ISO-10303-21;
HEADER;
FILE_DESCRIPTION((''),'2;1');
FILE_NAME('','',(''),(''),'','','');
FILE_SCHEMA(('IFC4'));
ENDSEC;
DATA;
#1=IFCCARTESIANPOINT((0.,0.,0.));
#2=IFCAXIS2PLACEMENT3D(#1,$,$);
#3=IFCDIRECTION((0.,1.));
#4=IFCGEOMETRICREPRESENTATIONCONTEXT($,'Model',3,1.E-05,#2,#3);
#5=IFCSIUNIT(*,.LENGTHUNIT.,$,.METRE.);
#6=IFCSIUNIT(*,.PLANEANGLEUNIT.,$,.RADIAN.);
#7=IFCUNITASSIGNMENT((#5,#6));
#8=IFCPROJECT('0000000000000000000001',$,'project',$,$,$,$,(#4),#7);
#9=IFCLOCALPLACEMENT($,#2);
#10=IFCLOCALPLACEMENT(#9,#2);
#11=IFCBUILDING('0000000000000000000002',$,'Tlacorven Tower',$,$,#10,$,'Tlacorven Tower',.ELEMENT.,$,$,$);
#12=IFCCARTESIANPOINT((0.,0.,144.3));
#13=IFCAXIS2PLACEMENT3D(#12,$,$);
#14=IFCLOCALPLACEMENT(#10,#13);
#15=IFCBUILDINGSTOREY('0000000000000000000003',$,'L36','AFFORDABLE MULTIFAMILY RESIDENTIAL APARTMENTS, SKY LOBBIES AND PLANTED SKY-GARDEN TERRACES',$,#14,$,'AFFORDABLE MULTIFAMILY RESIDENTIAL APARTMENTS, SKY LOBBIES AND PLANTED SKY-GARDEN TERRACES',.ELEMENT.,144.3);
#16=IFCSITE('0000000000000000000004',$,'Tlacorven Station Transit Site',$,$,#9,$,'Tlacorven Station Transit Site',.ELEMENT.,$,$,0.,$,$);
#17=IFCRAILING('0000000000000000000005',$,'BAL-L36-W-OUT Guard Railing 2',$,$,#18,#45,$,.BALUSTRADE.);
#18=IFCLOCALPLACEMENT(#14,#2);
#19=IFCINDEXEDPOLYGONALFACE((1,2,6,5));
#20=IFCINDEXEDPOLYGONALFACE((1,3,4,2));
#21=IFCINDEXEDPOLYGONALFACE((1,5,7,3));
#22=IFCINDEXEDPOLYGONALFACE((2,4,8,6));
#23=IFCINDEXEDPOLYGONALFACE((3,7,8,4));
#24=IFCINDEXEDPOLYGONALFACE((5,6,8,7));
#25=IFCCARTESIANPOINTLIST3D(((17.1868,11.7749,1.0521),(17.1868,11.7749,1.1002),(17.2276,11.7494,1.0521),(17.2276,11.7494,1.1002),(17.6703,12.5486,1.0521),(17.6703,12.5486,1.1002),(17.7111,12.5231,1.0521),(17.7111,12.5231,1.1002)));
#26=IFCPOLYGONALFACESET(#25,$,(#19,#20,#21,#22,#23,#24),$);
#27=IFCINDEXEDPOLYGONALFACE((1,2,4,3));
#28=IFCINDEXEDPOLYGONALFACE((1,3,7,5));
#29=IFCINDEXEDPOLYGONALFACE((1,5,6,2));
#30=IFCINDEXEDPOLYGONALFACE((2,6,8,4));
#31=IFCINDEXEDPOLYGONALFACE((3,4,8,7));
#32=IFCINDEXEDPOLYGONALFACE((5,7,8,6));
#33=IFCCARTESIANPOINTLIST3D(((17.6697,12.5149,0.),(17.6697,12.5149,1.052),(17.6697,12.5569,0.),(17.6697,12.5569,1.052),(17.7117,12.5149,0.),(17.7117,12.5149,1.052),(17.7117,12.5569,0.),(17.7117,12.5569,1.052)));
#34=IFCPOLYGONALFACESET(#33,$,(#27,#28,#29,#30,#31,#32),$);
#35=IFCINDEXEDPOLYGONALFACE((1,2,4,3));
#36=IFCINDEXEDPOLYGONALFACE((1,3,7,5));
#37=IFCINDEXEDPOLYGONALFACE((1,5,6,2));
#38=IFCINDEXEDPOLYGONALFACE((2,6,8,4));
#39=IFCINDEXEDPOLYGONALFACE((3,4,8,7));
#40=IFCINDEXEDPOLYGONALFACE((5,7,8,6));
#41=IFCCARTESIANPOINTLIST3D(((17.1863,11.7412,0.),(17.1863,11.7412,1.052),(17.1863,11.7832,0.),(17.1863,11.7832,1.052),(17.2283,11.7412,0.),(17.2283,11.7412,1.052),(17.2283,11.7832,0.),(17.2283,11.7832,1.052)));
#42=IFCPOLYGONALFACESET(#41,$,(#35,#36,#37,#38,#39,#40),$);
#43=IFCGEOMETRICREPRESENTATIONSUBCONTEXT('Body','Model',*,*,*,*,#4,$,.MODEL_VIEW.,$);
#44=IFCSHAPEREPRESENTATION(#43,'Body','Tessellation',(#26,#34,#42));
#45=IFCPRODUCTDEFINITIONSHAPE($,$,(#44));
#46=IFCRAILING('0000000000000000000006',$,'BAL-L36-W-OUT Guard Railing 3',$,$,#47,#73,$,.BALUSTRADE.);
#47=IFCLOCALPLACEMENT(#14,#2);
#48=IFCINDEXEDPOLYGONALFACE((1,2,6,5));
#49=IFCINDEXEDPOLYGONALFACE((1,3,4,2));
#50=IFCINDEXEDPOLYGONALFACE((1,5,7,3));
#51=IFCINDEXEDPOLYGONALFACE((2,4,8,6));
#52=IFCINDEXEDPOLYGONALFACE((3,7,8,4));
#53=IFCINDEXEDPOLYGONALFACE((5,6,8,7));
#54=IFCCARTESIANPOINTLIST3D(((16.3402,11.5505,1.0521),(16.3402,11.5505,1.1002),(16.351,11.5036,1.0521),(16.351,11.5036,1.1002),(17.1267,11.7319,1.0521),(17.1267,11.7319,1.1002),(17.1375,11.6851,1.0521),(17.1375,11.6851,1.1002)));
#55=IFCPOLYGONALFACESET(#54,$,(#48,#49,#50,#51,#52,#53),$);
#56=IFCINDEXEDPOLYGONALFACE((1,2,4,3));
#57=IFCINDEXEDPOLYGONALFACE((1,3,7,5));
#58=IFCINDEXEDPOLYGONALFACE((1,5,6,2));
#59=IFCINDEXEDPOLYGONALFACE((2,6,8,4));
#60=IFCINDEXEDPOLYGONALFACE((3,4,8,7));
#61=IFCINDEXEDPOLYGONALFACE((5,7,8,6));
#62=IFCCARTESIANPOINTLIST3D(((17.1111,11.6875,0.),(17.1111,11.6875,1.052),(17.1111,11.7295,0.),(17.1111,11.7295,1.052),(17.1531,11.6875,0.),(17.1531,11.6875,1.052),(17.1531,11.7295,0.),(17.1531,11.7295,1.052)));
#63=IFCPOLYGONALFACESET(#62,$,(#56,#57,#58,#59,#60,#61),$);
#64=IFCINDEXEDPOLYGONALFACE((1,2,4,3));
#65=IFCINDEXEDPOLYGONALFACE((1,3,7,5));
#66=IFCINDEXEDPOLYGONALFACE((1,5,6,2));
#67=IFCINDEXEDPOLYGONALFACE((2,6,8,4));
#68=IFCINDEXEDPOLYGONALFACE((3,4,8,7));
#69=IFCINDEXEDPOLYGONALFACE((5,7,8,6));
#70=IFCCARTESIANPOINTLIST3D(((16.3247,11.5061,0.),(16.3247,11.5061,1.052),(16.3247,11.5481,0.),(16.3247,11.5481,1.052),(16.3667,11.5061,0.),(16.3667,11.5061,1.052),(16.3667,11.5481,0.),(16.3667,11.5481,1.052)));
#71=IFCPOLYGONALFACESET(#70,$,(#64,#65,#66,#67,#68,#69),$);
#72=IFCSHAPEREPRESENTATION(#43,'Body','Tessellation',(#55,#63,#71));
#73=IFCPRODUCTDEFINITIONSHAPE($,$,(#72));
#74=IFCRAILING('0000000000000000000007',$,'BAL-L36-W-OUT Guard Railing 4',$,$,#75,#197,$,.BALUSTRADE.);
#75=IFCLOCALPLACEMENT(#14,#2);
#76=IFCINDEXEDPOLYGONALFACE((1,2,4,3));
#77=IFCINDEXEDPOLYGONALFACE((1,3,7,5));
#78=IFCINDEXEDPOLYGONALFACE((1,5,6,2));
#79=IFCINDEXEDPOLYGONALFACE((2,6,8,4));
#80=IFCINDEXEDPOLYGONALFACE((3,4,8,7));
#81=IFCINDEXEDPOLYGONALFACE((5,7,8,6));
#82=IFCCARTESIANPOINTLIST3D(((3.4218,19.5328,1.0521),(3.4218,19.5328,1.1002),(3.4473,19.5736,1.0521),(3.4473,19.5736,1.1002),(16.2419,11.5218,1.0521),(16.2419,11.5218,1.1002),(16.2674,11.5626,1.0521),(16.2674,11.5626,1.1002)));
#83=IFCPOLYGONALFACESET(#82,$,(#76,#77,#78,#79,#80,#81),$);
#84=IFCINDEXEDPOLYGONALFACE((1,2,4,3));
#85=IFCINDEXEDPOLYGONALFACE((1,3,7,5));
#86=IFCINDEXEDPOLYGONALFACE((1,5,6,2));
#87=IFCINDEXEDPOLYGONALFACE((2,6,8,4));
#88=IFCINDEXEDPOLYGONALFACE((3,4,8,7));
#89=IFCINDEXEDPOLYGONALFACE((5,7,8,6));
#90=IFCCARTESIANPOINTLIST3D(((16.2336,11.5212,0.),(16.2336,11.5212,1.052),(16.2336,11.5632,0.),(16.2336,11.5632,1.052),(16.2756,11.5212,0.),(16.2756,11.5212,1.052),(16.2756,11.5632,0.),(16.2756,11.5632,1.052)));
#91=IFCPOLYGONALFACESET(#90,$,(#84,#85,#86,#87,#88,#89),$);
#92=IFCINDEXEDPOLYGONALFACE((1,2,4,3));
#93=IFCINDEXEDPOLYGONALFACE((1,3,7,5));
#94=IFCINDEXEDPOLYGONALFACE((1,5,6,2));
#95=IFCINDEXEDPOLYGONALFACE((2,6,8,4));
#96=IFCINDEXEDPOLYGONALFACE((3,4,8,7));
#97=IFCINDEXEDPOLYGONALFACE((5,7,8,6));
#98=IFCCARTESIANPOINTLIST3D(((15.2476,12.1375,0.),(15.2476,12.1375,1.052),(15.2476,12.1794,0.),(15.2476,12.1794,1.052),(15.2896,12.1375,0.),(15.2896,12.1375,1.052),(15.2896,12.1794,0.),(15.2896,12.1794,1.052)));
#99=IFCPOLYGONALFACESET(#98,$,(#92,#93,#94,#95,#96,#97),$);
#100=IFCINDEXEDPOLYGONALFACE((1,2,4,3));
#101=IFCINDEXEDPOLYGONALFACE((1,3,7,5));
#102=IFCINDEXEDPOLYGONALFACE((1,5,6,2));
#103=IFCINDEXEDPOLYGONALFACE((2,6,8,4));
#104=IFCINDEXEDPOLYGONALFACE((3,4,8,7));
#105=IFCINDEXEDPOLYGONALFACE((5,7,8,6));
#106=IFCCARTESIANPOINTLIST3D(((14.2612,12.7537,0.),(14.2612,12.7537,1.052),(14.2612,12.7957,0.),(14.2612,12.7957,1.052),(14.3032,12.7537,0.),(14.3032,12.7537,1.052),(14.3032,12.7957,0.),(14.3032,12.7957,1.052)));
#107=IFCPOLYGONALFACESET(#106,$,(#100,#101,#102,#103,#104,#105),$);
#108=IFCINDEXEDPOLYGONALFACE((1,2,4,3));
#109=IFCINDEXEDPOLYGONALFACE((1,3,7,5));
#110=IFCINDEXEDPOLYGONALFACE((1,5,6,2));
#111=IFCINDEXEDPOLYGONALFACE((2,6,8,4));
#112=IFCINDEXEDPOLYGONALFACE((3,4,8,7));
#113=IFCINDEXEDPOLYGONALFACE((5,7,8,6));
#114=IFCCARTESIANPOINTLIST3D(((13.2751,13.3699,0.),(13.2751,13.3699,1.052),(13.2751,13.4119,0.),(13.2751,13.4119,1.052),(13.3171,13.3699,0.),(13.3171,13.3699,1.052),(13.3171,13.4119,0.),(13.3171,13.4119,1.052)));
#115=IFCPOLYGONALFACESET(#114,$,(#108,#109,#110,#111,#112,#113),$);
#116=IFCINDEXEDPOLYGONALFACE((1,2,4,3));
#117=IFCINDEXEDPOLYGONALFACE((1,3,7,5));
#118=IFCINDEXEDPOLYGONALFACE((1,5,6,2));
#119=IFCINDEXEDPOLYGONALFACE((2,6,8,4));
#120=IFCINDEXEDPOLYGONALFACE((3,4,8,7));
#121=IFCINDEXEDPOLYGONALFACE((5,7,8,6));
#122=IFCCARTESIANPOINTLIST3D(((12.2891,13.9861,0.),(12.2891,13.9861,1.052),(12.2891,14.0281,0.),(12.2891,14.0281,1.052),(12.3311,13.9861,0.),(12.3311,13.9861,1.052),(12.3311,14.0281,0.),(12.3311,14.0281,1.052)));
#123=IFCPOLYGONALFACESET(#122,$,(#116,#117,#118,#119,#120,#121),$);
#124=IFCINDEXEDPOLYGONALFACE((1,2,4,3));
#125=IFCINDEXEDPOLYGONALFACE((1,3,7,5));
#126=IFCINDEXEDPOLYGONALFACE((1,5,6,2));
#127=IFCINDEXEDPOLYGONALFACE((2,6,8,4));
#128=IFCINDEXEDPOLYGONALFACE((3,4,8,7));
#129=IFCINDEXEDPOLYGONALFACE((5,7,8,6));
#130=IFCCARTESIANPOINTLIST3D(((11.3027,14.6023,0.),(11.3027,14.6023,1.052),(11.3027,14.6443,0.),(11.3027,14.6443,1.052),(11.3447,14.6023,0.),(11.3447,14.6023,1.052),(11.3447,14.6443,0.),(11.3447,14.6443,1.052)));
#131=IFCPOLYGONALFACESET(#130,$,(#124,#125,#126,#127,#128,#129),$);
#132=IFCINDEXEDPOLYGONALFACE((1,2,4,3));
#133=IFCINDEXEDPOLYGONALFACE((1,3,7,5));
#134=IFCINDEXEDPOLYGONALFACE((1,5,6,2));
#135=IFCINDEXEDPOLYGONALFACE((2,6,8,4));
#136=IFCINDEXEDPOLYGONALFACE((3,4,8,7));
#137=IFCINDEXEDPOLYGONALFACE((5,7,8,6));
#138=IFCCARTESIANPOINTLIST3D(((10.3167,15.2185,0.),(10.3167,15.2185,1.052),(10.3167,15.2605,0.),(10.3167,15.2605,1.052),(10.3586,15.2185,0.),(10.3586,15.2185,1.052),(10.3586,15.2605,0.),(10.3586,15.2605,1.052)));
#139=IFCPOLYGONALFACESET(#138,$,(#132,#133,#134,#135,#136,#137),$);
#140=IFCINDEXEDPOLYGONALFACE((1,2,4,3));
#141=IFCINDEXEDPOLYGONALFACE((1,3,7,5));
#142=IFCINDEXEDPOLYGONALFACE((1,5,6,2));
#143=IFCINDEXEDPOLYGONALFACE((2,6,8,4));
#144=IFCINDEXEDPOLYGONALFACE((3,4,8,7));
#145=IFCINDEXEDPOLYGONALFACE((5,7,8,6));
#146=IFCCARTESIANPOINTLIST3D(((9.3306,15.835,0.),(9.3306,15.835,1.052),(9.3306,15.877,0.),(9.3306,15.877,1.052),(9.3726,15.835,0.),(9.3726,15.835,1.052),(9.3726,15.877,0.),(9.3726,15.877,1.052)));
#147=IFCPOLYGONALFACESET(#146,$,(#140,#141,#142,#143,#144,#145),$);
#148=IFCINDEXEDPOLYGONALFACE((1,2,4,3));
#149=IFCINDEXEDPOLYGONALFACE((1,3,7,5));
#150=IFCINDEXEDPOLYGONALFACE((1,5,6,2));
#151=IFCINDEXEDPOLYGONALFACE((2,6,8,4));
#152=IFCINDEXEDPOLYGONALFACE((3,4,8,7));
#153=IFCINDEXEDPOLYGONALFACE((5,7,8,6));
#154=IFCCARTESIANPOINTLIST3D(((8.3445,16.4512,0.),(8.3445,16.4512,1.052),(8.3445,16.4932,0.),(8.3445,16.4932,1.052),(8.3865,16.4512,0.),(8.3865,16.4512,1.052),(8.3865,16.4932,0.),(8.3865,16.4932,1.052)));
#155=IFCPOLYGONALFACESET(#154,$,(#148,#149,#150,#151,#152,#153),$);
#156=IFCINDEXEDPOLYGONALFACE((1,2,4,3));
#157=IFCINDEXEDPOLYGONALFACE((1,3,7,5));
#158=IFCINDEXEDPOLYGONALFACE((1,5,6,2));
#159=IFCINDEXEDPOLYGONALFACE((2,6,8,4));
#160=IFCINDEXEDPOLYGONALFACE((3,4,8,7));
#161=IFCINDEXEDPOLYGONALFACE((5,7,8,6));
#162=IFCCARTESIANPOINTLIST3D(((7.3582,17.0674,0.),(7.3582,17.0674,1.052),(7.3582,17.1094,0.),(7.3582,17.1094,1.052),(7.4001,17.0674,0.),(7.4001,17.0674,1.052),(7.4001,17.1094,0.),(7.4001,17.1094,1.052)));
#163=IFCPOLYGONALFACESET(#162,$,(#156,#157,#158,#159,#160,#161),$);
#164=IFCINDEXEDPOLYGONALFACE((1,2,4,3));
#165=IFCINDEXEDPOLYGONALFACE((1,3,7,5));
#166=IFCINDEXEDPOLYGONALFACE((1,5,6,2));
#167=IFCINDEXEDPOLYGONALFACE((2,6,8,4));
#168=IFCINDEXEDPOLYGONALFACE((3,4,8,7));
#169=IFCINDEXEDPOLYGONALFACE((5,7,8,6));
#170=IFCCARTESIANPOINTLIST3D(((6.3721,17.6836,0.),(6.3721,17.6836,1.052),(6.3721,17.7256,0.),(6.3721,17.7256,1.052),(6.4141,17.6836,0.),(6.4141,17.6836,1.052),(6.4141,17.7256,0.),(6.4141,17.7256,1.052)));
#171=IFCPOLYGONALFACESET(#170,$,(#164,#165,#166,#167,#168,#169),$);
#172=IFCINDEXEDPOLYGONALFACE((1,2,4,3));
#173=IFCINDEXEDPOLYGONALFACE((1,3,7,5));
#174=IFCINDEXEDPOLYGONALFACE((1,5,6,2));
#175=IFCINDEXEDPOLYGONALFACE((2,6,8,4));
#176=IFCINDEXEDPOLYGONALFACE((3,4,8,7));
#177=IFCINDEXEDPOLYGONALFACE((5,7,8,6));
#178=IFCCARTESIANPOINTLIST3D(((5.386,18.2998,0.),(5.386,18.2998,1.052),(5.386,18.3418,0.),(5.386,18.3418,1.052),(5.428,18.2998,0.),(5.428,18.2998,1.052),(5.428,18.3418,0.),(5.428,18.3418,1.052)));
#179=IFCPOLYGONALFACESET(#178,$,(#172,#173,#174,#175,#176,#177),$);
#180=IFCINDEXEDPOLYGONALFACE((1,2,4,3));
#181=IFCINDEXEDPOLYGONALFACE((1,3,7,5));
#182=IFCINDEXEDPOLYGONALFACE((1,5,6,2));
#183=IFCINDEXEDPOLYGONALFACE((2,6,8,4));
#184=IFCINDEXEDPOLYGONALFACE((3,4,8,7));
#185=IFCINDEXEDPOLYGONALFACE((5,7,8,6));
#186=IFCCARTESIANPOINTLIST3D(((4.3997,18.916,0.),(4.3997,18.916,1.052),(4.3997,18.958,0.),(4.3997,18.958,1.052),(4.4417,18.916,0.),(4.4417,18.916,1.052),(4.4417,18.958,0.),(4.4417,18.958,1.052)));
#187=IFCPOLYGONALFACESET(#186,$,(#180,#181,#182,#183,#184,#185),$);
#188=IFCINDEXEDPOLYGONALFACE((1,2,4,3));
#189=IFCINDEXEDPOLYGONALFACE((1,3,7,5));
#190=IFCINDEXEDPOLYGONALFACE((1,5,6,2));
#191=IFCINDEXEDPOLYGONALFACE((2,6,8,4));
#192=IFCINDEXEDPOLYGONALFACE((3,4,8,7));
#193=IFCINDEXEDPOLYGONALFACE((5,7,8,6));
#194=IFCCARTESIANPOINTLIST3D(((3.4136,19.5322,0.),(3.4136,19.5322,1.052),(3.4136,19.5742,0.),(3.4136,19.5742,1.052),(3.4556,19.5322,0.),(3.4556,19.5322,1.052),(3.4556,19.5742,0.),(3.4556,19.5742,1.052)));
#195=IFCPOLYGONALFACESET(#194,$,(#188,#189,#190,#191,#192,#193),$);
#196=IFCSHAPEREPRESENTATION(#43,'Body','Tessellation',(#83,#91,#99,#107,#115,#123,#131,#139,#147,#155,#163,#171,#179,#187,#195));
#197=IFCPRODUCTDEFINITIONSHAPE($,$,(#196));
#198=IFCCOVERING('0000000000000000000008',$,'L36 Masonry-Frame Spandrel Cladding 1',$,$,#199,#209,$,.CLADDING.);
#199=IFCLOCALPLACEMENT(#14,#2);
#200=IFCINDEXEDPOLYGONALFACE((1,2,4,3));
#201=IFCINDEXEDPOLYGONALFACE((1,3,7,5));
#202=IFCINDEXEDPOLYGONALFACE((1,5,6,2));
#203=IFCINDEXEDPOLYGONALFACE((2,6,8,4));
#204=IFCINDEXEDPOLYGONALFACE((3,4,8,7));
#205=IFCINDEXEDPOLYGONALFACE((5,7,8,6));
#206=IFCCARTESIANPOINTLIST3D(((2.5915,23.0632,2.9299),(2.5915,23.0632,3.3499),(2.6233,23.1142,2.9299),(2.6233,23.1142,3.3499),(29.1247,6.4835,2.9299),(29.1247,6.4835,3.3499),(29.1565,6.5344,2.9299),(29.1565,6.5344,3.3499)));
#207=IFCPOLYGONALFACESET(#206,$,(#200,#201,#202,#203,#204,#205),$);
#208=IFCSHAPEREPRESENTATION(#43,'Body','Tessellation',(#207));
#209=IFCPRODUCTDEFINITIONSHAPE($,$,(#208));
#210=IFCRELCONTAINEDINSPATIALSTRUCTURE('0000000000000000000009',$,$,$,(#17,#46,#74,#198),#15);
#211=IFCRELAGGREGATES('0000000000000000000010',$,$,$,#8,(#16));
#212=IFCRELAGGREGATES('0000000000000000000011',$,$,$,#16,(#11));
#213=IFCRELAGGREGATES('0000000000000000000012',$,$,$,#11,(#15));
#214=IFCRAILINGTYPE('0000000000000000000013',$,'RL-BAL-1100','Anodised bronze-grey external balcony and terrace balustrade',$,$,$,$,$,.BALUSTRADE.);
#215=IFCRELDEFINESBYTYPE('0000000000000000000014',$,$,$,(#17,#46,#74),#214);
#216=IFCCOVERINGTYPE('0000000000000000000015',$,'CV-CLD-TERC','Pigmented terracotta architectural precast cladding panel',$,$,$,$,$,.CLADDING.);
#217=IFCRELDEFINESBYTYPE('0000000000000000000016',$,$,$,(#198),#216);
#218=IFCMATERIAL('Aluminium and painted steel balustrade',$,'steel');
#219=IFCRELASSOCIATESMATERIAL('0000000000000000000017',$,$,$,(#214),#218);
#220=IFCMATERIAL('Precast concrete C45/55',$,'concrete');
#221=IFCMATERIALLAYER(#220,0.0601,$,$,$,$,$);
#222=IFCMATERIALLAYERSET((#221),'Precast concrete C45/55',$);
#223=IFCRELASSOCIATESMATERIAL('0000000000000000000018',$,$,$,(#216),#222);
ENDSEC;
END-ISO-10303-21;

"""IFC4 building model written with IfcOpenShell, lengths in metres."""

from ifc_helpers import new_model, si_unit, direction, frame, origin, origin_2d, place, context, subcontext, project, spatial, rectangle, extrude, source, transform, mapped, material, layer, layer_set, type_object, element, save


model = new_model("IFC4")

# Units and contexts
model_context = context("Model", 3, precision=1e-05, world=origin(), true_north=direction((0.0, 1.0)))
body_context = subcontext(model_context, "Body", "Model", "MODEL_VIEW")
ifc_project = project(units=[si_unit("LENGTHUNIT", "METRE"), si_unit("PLANEANGLEUNIT", "RADIAN")], contexts=[model_context])

# Site, building, storey
site_placement = place(None, origin())
site = spatial("IfcSite", under=ifc_project, at=site_placement, Name="Tlacorven Station Transit Site", LongName="Tlacorven Station Transit Site", CompositionType="ELEMENT", RefElevation=0.0)
building_placement = place(site_placement, origin())
building = spatial("IfcBuilding", under=site, at=building_placement, Name="Tlacorven Tower", LongName="Tlacorven Tower", CompositionType="ELEMENT")
storey_placement = place(building_placement, frame((0.0, 0.0, 144.3)))
storey = spatial("IfcBuildingStorey", under=building, at=storey_placement, Name="L36", Description="AFFORDABLE MULTIFAMILY RESIDENTIAL APARTMENTS, SKY LOBBIES AND PLANTED SKY-GARDEN TERRACES", LongName="AFFORDABLE MULTIFAMILY RESIDENTIAL APARTMENTS, SKY LOBBIES AND PLANTED SKY-GARDEN TERRACES", CompositionType="ELEMENT", Elevation=144.3)

# Shared definitions
ifc_material_1 = material(Name="Precast concrete C45/55", Category="concrete")

# Railings
ifc_material_2 = material(Name="Aluminium and painted steel balustrade", Category="steel")
railing_type = type_object("IfcRailingType", Name="RL-BAL-1100", Description="Anodised bronze-grey external balcony and terrace balustrade", PredefinedType="BALUSTRADE", material=ifc_material_2)
shared_shape_1 = source(origin(), body_context, "Body", "SweptSolid", [
    extrude(rectangle(XDim=0.0481, YDim=0.0481, at=origin_2d()), frame((0.0, 0.0, 1.0762), z_axis=(-0.529879, -0.848073, 0.0), x_axis=(0.848073, -0.529879, 0.0)), (0.0, 0.0, 1.0), 0.9124),
    extrude(rectangle(XDim=0.042, YDim=0.042, at=origin_2d()), origin(), (0.0, 0.0, 1.0), 1.052),
    extrude(rectangle(XDim=0.042, YDim=0.042, at=origin_2d()), frame((-0.4834, -0.7737, 0.0)), (0.0, 0.0, 1.0), 1.052),
])
railing_1_placement = place(storey_placement, frame((17.6907, 12.5359, 0.0)))
element("IfcRailing", 1, at=railing_1_placement, inside=storey, type_object=railing_type, Name="BAL-L36-W-OUT Guard Railing 2", PredefinedType="BALUSTRADE", context=body_context, shape_type="MappedRepresentation", body=[
    mapped(shared_shape_1, transform((0.0, 0.0, 0.0), scale=1.0)),
])
shared_shape_2 = source(origin(), body_context, "Body", "SweptSolid", [
    extrude(rectangle(XDim=0.0481, YDim=0.0481, at=origin_2d()), frame((0.0, 0.0, 1.0762), z_axis=(-0.974412, -0.224771, 0.0), x_axis=(0.224771, -0.974412, 0.0)), (0.0, 0.0, 1.0), 0.8071),
    extrude(rectangle(XDim=0.042, YDim=0.042, at=origin_2d()), origin(), (0.0, 0.0, 1.0), 1.052),
    extrude(rectangle(XDim=0.042, YDim=0.042, at=origin_2d()), frame((-0.7864, -0.1814, 0.0)), (0.0, 0.0, 1.0), 1.052),
])
railing_2_placement = place(storey_placement, frame((17.1321, 11.7085, 0.0)))
element("IfcRailing", 2, at=railing_2_placement, inside=storey, type_object=railing_type, Name="BAL-L36-W-OUT Guard Railing 3", PredefinedType="BALUSTRADE", context=body_context, shape_type="MappedRepresentation", body=[
    mapped(shared_shape_2, transform((0.0, 0.0, 0.0), scale=1.0)),
])
shared_shape_3 = source(origin(), body_context, "Body", "SweptSolid", [
    extrude(rectangle(XDim=0.0481, YDim=0.0481, at=origin_2d()), frame((0.0, 0.0, 1.0762), z_axis=(-0.848045, 0.529925, 0.0), x_axis=(-0.529925, -0.848045, 0.0)), (0.0, 0.0, 1.0), 15.1172),
    extrude(rectangle(XDim=0.042, YDim=0.042, at=origin_2d()), origin(), (0.0, 0.0, 1.0), 1.052),
    extrude(rectangle(XDim=0.042, YDim=0.042, at=origin_2d()), frame((-0.9861, 0.6162, 0.0)), (0.0, 0.0, 1.0), 1.052),
    extrude(rectangle(XDim=0.042, YDim=0.042, at=origin_2d()), frame((-1.9724, 1.2324, 0.0)), (0.0, 0.0, 1.0), 1.052),
    extrude(rectangle(XDim=0.042, YDim=0.042, at=origin_2d()), frame((-2.9585, 1.8486, 0.0)), (0.0, 0.0, 1.0), 1.052),
    extrude(rectangle(XDim=0.042, YDim=0.042, at=origin_2d()), frame((-3.9446, 2.4648, 0.0)), (0.0, 0.0, 1.0), 1.052),
    extrude(rectangle(XDim=0.042, YDim=0.042, at=origin_2d()), frame((-4.9309, 3.0811, 0.0)), (0.0, 0.0, 1.0), 1.052),
    extrude(rectangle(XDim=0.042, YDim=0.042, at=origin_2d()), frame((-5.917, 3.6973, 0.0)), (0.0, 0.0, 1.0), 1.052),
    extrude(rectangle(XDim=0.042, YDim=0.042, at=origin_2d()), frame((-6.9031, 4.3137, 0.0)), (0.0, 0.0, 1.0), 1.052),
    extrude(rectangle(XDim=0.042, YDim=0.042, at=origin_2d()), frame((-7.8892, 4.9299, 0.0)), (0.0, 0.0, 1.0), 1.052),
    extrude(rectangle(XDim=0.042, YDim=0.042, at=origin_2d()), frame((-8.8755, 5.5461, 0.0)), (0.0, 0.0, 1.0), 1.052),
    extrude(rectangle(XDim=0.042, YDim=0.042, at=origin_2d()), frame((-9.8616, 6.1624, 0.0)), (0.0, 0.0, 1.0), 1.052),
    extrude(rectangle(XDim=0.042, YDim=0.042, at=origin_2d()), frame((-10.8477, 6.7786, 0.0)), (0.0, 0.0, 1.0), 1.052),
    extrude(rectangle(XDim=0.042, YDim=0.042, at=origin_2d()), frame((-11.834, 7.3948, 0.0)), (0.0, 0.0, 1.0), 1.052),
    extrude(rectangle(XDim=0.042, YDim=0.042, at=origin_2d()), frame((-12.8201, 8.011, 0.0)), (0.0, 0.0, 1.0), 1.052),
])
railing_3_placement = place(storey_placement, frame((16.2546, 11.5422, 0.0)))
element("IfcRailing", 3, at=railing_3_placement, inside=storey, type_object=railing_type, Name="BAL-L36-W-OUT Guard Railing 4", PredefinedType="BALUSTRADE", context=body_context, shape_type="MappedRepresentation", body=[
    mapped(shared_shape_3, transform((0.0, 0.0, 0.0), scale=1.0)),
])

# Covering
ifc_layer_1 = layer(ifc_material_1, 0.0601)
ifc_layer_set_1 = layer_set([ifc_layer_1], Name="Precast concrete C45/55")
covering_type = type_object("IfcCoveringType", Name="CV-CLD-TERC", Description="Pigmented terracotta architectural precast cladding panel", PredefinedType="CLADDING", material=ifc_layer_set_1)
shared_shape_4 = source(origin(), body_context, "Body", "SweptSolid", [
    extrude(rectangle(XDim=31.2874, YDim=0.0601, at=origin_2d()), origin(), (0.0, 0.0, 1.0), 0.4199),
])
covering_placement = place(storey_placement, frame((15.874, 14.7988, 2.9299), z_axis=(0.0, 0.0, 1.0), x_axis=(-0.848048, 0.529919, 0.0)))
element("IfcCovering", 4, at=covering_placement, inside=storey, type_object=covering_type, Name="L36 Masonry-Frame Spandrel Cladding 1", PredefinedType="CLADDING", context=body_context, shape_type="MappedRepresentation", body=[
    mapped(shared_shape_4, transform((0.0, 0.0, 0.0), scale=1.0)),
])

save(model, "model.ifc")
